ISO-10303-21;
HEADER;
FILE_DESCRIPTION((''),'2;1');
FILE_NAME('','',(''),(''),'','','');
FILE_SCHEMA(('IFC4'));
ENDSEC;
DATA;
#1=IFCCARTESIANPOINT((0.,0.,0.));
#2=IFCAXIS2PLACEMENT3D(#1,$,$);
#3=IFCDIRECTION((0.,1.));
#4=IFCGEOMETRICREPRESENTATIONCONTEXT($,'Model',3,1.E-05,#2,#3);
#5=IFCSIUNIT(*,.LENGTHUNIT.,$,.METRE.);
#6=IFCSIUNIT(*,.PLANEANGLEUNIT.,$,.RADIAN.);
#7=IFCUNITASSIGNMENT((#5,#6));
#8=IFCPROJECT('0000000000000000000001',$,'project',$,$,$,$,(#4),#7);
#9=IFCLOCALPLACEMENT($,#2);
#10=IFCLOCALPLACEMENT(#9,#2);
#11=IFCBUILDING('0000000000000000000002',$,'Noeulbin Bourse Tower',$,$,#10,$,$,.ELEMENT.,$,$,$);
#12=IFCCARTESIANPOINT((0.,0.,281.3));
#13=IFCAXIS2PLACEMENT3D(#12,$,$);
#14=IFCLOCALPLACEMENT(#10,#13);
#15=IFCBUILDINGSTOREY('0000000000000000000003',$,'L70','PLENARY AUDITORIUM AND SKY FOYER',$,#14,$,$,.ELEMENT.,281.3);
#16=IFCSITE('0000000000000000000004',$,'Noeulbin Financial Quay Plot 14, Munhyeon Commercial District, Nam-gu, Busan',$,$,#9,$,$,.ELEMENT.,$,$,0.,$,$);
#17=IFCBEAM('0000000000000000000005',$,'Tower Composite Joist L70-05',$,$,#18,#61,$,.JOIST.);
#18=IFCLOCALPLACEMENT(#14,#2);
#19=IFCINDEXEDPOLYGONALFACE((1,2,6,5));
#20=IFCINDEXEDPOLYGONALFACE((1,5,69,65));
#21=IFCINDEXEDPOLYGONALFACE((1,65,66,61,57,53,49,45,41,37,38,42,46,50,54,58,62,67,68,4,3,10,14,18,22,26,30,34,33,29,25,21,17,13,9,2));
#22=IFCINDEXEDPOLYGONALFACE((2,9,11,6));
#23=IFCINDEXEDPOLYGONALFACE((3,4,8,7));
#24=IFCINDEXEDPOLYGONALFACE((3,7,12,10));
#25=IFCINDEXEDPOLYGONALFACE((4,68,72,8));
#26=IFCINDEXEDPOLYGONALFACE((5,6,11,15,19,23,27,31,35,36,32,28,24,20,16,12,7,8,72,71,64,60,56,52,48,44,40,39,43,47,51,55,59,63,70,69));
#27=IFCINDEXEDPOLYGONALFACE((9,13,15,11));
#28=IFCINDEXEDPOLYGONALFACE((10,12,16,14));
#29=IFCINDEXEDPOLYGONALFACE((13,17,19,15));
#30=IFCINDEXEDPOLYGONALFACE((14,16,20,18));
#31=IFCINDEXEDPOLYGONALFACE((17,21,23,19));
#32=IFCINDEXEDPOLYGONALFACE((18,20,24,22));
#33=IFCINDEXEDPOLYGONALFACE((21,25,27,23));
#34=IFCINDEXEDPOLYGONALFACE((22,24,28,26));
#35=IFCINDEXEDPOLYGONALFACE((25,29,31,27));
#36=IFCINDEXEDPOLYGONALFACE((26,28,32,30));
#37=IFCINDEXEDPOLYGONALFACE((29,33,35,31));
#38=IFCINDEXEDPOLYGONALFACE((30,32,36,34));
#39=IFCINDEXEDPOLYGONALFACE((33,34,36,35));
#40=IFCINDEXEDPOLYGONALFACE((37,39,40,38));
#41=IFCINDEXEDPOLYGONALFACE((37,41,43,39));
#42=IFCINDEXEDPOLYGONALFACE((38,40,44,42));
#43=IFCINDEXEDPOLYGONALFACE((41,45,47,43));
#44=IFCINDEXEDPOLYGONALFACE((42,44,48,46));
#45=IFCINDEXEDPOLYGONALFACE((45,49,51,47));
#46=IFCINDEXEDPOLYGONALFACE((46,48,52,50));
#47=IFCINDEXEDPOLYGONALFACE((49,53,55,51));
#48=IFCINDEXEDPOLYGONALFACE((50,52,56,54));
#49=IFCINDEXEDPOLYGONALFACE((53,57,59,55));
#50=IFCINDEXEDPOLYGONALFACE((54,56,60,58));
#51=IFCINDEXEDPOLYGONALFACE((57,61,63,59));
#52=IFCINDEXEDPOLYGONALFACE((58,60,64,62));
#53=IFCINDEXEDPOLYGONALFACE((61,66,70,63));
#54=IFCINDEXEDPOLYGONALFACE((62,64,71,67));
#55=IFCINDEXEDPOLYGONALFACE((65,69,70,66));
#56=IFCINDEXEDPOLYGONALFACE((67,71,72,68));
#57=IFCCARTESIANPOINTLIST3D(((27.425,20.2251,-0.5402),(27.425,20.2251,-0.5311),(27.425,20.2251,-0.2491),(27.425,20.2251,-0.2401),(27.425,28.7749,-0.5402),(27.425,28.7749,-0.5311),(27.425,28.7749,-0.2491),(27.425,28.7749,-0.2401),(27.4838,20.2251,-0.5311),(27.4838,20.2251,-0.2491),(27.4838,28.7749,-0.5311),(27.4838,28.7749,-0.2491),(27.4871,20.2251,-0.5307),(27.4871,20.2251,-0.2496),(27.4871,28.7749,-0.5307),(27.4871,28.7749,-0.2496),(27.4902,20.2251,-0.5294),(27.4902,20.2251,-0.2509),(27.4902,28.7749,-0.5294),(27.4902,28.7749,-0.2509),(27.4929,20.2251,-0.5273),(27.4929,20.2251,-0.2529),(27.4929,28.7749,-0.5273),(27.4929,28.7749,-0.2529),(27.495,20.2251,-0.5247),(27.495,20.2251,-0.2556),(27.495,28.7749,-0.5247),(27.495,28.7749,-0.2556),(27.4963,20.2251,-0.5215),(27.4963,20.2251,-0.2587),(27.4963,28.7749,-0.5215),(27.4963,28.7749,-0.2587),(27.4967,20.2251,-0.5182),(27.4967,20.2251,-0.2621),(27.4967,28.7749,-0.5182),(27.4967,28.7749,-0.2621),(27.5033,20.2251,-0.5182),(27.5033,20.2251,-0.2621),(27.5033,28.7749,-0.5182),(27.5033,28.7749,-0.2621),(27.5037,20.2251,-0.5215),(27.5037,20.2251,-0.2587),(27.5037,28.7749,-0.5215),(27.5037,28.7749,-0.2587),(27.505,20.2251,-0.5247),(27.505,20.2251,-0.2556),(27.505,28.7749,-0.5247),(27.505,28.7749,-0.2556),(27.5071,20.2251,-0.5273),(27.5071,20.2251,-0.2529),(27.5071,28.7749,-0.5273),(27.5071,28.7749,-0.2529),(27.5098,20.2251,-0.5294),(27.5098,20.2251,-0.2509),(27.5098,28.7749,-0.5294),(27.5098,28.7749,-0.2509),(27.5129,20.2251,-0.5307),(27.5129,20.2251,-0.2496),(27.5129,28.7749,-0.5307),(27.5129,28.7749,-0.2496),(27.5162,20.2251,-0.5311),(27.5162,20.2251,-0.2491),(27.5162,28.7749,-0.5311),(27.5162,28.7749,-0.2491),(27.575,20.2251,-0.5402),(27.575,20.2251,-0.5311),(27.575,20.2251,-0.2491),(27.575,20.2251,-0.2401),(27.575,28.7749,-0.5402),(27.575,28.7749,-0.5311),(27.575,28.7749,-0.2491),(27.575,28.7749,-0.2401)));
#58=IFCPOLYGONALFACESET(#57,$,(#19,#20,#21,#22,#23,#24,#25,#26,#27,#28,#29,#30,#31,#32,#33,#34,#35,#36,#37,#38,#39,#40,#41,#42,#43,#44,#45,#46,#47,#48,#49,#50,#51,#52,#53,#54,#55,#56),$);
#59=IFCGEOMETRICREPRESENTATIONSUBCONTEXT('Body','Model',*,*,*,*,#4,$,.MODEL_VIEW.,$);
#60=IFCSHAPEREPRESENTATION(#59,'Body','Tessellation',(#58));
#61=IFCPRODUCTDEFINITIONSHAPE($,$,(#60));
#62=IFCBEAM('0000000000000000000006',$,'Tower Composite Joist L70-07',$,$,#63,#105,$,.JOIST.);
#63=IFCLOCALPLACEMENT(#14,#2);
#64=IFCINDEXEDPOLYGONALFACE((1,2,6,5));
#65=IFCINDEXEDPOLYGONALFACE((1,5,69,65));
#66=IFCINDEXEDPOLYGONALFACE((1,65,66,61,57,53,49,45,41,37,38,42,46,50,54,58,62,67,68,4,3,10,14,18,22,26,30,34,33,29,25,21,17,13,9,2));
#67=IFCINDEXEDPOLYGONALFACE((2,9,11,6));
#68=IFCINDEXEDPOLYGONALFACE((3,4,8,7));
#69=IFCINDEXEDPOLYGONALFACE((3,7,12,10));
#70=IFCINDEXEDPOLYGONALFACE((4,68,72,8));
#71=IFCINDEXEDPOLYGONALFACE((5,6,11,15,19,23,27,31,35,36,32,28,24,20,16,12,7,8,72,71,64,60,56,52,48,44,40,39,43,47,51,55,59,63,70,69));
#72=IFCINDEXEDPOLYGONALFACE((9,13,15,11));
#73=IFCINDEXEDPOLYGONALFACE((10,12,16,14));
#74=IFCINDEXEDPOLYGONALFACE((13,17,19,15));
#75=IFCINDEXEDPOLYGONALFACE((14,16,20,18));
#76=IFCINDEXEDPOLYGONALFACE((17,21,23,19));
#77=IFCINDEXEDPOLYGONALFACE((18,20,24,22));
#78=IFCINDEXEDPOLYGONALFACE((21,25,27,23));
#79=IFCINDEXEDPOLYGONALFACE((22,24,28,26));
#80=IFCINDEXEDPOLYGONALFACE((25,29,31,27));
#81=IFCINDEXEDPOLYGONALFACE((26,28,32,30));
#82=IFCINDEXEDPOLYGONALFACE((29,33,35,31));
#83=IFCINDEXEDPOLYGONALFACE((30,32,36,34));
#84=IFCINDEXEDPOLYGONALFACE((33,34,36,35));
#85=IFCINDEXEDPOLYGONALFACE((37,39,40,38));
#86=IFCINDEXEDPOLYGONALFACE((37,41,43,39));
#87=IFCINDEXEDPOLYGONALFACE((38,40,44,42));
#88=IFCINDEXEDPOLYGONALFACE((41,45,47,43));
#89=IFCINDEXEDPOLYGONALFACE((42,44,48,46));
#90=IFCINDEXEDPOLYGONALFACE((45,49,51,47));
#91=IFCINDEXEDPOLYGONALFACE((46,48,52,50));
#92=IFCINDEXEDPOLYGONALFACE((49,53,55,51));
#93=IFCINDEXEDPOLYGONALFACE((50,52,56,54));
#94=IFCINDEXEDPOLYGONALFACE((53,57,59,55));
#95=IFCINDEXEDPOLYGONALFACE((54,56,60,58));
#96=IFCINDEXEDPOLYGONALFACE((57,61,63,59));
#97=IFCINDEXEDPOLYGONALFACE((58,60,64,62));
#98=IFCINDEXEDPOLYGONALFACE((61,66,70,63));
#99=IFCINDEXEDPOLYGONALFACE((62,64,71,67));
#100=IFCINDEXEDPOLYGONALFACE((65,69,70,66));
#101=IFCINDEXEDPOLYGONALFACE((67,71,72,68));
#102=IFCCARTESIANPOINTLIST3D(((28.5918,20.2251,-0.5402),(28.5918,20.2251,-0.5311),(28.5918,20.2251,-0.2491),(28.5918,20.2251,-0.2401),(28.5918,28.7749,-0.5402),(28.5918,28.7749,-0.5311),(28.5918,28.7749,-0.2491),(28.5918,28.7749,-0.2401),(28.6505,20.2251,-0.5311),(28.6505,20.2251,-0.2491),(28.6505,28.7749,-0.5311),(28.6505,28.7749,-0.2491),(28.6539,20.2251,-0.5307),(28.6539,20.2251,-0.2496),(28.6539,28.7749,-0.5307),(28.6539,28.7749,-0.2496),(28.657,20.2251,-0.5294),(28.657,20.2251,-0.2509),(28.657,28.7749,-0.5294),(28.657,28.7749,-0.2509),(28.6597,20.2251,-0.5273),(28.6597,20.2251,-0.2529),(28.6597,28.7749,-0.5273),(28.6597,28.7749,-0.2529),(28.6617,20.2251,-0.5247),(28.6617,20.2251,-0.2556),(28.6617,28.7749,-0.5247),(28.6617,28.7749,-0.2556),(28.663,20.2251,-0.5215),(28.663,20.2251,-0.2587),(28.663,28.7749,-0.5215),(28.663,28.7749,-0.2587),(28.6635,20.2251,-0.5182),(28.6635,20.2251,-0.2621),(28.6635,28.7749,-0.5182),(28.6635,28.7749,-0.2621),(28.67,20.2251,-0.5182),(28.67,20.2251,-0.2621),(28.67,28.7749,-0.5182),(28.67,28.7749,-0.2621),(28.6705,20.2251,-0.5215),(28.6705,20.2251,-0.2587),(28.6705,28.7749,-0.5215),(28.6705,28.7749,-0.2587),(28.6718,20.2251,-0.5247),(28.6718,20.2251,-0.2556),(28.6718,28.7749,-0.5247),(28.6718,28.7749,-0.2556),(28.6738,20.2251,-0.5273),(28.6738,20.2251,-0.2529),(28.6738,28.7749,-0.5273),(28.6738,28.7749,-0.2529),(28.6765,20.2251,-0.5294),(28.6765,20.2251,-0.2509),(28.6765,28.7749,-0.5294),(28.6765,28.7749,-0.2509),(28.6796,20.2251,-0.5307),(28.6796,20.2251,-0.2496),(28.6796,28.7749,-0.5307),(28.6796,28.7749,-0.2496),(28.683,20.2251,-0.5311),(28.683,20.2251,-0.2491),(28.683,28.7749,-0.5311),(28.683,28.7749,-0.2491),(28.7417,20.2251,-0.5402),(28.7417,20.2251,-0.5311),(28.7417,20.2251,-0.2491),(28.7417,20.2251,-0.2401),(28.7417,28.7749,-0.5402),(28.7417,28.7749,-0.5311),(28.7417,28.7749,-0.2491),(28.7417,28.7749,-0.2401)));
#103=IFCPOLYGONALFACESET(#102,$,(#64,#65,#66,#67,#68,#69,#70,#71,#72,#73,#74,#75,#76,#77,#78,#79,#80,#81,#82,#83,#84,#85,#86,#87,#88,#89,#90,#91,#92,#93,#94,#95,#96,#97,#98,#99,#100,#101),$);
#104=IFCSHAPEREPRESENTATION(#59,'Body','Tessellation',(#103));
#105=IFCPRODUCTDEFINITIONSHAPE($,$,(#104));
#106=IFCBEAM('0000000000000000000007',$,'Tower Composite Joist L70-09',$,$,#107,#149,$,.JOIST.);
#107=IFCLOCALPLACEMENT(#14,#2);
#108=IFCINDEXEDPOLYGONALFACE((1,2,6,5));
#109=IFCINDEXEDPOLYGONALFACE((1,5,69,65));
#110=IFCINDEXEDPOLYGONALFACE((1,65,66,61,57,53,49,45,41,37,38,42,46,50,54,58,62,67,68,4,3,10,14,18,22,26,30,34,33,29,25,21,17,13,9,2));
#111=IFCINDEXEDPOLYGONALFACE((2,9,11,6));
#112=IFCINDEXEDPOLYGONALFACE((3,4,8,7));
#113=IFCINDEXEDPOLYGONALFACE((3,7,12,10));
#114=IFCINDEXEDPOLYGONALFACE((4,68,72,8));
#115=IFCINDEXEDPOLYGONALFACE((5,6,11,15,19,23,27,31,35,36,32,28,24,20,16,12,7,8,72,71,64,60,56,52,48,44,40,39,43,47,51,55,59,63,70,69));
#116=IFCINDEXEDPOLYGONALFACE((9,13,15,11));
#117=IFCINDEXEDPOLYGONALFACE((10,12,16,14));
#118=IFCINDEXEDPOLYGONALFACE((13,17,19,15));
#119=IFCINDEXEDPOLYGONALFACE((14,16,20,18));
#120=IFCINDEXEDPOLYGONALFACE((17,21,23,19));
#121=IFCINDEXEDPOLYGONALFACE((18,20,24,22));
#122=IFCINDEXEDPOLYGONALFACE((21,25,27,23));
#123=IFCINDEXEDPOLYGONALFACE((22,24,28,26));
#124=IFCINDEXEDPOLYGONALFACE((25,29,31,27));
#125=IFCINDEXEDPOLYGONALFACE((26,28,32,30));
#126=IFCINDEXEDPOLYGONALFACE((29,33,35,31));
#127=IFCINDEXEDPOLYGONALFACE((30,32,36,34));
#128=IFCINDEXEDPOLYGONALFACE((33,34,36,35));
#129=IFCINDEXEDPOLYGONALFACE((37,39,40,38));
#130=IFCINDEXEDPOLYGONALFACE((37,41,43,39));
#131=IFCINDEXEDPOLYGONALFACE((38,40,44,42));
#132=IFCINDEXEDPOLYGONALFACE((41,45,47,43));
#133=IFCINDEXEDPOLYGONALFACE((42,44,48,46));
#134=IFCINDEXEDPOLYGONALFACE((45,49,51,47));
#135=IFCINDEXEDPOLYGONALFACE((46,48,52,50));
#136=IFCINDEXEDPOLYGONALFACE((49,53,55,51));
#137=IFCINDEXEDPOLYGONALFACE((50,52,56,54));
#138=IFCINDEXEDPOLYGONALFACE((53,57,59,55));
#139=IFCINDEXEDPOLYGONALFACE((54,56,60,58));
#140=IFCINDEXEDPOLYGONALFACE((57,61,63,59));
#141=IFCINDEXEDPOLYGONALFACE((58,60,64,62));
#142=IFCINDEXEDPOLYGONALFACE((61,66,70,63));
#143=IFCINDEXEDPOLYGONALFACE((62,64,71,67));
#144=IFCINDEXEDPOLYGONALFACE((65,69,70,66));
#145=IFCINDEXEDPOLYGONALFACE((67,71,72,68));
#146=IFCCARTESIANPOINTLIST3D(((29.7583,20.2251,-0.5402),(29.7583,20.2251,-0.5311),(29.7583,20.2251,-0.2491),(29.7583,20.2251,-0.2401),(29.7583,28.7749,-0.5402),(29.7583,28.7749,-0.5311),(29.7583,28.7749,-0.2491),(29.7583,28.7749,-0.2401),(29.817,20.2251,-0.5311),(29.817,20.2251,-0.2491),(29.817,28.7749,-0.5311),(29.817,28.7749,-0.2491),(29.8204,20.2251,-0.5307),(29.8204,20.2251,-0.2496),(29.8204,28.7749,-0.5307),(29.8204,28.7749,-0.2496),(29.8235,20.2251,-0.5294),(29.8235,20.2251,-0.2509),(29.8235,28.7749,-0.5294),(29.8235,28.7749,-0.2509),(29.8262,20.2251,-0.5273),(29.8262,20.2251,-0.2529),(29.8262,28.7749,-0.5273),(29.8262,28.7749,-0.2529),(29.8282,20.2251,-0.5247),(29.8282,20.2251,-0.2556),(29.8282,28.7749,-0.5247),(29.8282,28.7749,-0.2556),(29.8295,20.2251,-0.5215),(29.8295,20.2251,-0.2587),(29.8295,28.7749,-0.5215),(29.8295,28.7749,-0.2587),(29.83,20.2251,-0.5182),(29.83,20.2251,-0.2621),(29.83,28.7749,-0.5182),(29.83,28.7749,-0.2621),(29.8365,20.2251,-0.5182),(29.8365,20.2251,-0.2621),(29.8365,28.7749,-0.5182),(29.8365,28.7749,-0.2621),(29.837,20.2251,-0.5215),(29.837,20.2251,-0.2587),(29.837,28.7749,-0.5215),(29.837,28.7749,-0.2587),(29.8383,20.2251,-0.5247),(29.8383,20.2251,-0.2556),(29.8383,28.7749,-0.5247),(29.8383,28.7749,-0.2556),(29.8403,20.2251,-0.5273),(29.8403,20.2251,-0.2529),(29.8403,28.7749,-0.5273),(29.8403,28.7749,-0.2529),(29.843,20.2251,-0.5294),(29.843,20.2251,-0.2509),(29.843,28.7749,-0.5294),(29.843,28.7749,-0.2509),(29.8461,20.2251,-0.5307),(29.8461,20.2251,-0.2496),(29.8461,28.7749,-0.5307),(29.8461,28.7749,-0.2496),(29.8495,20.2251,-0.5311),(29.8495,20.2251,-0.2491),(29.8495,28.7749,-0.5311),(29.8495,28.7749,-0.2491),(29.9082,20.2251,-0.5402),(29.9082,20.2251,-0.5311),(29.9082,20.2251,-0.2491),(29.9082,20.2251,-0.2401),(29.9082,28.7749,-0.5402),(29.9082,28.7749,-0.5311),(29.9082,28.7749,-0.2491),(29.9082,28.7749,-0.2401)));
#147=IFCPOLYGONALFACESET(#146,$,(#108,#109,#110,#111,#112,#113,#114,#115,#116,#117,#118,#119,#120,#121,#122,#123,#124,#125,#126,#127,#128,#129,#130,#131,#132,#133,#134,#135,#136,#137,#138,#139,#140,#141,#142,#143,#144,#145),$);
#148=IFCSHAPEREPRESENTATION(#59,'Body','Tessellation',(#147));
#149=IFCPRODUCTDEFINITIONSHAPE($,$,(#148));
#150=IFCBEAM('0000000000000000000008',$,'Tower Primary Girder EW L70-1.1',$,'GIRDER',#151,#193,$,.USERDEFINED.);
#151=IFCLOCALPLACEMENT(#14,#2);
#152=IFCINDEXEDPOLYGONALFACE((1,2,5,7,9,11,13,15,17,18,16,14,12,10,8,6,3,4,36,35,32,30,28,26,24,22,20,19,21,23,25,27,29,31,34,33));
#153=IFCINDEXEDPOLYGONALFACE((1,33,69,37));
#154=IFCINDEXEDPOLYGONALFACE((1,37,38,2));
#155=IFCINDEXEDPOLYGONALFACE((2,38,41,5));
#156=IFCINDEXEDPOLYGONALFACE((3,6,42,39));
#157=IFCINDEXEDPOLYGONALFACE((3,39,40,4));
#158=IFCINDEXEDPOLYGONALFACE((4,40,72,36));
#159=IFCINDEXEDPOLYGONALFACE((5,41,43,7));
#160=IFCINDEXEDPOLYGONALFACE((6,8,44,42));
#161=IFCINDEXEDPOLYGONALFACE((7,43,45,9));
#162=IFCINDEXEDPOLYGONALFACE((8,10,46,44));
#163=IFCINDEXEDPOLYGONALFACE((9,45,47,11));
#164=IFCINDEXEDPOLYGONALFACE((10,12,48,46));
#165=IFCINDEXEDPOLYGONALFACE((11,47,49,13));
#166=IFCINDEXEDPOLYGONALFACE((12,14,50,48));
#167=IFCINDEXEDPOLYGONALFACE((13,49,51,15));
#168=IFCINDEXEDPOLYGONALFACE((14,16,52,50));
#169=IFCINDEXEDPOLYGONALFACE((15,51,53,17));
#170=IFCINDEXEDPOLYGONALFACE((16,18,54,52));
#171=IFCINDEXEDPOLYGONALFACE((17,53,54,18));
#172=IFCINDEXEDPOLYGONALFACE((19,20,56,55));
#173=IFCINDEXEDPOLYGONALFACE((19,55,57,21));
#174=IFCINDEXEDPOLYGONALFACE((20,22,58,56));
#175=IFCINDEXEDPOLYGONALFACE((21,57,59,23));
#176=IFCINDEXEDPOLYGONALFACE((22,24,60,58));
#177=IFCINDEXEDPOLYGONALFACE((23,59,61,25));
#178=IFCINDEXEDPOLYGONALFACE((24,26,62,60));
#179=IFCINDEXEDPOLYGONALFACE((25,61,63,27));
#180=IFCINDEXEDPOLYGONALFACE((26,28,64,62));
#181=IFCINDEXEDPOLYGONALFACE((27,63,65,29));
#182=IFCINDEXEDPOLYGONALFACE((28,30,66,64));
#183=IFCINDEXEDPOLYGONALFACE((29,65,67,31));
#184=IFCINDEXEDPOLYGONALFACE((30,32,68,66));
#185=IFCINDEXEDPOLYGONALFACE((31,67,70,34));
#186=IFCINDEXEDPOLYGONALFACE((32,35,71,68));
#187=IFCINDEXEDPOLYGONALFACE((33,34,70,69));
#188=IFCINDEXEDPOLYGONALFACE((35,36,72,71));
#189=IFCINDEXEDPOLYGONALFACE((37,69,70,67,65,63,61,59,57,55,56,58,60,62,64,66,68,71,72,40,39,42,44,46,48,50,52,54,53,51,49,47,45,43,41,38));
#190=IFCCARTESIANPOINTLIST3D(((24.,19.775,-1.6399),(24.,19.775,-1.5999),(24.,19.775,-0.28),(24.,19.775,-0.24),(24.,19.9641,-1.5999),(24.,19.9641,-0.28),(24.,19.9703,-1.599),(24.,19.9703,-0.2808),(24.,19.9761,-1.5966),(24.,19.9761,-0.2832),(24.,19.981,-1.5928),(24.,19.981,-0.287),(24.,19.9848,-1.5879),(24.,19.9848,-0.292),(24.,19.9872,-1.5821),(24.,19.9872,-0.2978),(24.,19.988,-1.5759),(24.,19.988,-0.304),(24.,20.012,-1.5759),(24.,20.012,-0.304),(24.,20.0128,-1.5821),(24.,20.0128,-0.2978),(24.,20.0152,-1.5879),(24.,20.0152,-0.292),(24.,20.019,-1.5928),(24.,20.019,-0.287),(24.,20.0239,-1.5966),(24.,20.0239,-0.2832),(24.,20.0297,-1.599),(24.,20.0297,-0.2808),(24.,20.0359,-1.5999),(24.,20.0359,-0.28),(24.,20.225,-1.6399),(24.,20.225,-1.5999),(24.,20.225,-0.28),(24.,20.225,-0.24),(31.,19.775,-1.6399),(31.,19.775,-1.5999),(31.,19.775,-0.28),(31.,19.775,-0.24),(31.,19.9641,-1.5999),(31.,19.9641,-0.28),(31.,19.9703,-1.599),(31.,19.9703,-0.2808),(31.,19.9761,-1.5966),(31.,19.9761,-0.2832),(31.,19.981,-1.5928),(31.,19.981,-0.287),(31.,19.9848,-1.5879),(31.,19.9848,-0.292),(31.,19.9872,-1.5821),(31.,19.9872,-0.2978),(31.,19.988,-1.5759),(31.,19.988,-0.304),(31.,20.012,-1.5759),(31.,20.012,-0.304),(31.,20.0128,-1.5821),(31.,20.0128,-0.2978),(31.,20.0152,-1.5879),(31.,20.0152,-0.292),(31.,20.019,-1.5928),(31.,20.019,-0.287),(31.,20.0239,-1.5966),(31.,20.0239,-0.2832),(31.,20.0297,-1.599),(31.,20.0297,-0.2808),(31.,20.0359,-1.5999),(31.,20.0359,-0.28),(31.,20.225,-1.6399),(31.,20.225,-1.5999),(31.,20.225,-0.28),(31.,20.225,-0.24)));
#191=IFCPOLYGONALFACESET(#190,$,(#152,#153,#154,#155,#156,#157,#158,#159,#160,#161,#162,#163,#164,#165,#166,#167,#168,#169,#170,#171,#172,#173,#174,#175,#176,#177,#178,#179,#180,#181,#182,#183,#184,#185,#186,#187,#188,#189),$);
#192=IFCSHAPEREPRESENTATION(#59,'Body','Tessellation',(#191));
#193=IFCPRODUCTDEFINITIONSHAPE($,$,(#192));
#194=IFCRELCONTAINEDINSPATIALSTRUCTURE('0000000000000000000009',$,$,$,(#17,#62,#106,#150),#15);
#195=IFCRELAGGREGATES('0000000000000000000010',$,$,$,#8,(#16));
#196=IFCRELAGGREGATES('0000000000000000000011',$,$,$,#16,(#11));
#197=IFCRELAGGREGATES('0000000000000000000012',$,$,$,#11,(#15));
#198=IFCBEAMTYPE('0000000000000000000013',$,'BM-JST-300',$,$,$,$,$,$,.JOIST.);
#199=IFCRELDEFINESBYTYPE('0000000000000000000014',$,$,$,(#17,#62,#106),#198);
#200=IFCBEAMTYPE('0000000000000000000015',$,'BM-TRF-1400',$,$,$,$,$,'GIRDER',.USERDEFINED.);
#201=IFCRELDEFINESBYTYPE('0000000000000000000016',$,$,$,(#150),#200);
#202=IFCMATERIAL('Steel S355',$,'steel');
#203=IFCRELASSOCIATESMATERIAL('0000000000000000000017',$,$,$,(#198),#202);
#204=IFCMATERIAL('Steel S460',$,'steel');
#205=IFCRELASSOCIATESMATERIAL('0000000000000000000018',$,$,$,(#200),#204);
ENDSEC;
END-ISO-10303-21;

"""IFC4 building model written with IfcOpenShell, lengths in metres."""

from ifc_helpers import new_model, si_unit, direction, frame, origin, origin_2d, place, context, subcontext, project, spatial, i_section, extrude, material, material_profile, profile_set, type_object, element, save


model = new_model("IFC4")

# Units and contexts
model_context = context("Model", 3, precision=1e-05, world=origin(), true_north=direction((0.0, 1.0)))
body_context = subcontext(model_context, "Body", "Model", "MODEL_VIEW")
ifc_project = project(units=[si_unit("LENGTHUNIT", "METRE"), si_unit("PLANEANGLEUNIT", "RADIAN")], contexts=[model_context])

# Site, building, storey
site_placement = place(None, origin())
site = spatial("IfcSite", under=ifc_project, at=site_placement, Name="Noeulbin Financial Quay Plot 14, Munhyeon Commercial District, Nam-gu, Busan", CompositionType="ELEMENT", RefElevation=0.0)
building_placement = place(site_placement, origin())
building = spatial("IfcBuilding", under=site, at=building_placement, Name="Noeulbin Bourse Tower", CompositionType="ELEMENT")
storey_placement = place(building_placement, frame((0.0, 0.0, 281.3)))
storey = spatial("IfcBuildingStorey", under=building, at=storey_placement, Name="L70", Description="PLENARY AUDITORIUM AND SKY FOYER", CompositionType="ELEMENT", Elevation=281.3)

# Shared definitions
ifc_material_1 = material(Name="Steel S355", Category="steel")

# Beams
ifc_material_profile_1 = material_profile(ifc_material_1, i_section(OverallWidth=0.1499, OverallDepth=0.3, WebThickness=0.0066, FlangeThickness=0.009, FilletRadius=0.0129, at=origin_2d()), Name="H-300x150x6.5x9", Category="LoadBearing")
ifc_profile_set_1 = profile_set([ifc_material_profile_1], Name="Steel S355")
beam_type_1 = type_object("IfcBeamType", Name="BM-JST-300", PredefinedType="JOIST", material=ifc_profile_set_1)
for number, where, z_axis, x_axis, name in (
    (1, (27.5, 20.2251, -0.3901), (0.0, 1.0, 0.0), (-1.0, 0.0, 0.0), "Tower Composite Joist L70-05"),
    (2, (28.6667, 20.2251, -0.3901), (0.0, 1.0, 0.0), (-1.0, 0.0, 0.0), "Tower Composite Joist L70-07"),
    (3, (29.8333, 20.2251, -0.3901), (0.0, 1.0, 0.0), (-1.0, 0.0, 0.0), "Tower Composite Joist L70-09"),
):
    element("IfcBeam", number, at=place(storey_placement, frame(where, z_axis=z_axis, x_axis=x_axis)), inside=storey, type_object=beam_type_1, Name=name, PredefinedType="JOIST", context=body_context, shape_type="SweptSolid", body=[
        extrude(i_section(OverallWidth=0.1499, OverallDepth=0.3, WebThickness=0.0066, FlangeThickness=0.009, FilletRadius=0.0129, at=origin_2d()), origin(), (0.0, 0.0, 1.0), 8.5498),
    ])
ifc_material_2 = material(Name="Steel S460", Category="steel")
ifc_material_profile_2 = material_profile(ifc_material_2, i_section(OverallWidth=0.45, OverallDepth=1.3999, WebThickness=0.0239, FlangeThickness=0.04, FilletRadius=0.0239, at=origin_2d()), Name="PG-1400x450x24x40", Category="LoadBearing")
ifc_profile_set_2 = profile_set([ifc_material_profile_2], Name="Steel S460")
beam_type_2 = type_object("IfcBeamType", Name="BM-TRF-1400", ElementType="GIRDER", PredefinedType="USERDEFINED", material=ifc_profile_set_2)
beam_1_placement = place(storey_placement, frame((24.0, 20.0, -0.9399), z_axis=(1.0, 0.0, 0.0), x_axis=(0.0, 1.0, 0.0)))
element("IfcBeam", 4, at=beam_1_placement, inside=storey, type_object=beam_type_2, Name="Tower Primary Girder EW L70-1.1", ObjectType="GIRDER", PredefinedType="USERDEFINED", context=body_context, shape_type="SweptSolid", body=[
    extrude(i_section(OverallWidth=0.45, OverallDepth=1.3999, WebThickness=0.0239, FlangeThickness=0.04, FilletRadius=0.0239, at=origin_2d()), origin(), (0.0, 0.0, 1.0), 7.0),
])

save(model, "model.ifc")
